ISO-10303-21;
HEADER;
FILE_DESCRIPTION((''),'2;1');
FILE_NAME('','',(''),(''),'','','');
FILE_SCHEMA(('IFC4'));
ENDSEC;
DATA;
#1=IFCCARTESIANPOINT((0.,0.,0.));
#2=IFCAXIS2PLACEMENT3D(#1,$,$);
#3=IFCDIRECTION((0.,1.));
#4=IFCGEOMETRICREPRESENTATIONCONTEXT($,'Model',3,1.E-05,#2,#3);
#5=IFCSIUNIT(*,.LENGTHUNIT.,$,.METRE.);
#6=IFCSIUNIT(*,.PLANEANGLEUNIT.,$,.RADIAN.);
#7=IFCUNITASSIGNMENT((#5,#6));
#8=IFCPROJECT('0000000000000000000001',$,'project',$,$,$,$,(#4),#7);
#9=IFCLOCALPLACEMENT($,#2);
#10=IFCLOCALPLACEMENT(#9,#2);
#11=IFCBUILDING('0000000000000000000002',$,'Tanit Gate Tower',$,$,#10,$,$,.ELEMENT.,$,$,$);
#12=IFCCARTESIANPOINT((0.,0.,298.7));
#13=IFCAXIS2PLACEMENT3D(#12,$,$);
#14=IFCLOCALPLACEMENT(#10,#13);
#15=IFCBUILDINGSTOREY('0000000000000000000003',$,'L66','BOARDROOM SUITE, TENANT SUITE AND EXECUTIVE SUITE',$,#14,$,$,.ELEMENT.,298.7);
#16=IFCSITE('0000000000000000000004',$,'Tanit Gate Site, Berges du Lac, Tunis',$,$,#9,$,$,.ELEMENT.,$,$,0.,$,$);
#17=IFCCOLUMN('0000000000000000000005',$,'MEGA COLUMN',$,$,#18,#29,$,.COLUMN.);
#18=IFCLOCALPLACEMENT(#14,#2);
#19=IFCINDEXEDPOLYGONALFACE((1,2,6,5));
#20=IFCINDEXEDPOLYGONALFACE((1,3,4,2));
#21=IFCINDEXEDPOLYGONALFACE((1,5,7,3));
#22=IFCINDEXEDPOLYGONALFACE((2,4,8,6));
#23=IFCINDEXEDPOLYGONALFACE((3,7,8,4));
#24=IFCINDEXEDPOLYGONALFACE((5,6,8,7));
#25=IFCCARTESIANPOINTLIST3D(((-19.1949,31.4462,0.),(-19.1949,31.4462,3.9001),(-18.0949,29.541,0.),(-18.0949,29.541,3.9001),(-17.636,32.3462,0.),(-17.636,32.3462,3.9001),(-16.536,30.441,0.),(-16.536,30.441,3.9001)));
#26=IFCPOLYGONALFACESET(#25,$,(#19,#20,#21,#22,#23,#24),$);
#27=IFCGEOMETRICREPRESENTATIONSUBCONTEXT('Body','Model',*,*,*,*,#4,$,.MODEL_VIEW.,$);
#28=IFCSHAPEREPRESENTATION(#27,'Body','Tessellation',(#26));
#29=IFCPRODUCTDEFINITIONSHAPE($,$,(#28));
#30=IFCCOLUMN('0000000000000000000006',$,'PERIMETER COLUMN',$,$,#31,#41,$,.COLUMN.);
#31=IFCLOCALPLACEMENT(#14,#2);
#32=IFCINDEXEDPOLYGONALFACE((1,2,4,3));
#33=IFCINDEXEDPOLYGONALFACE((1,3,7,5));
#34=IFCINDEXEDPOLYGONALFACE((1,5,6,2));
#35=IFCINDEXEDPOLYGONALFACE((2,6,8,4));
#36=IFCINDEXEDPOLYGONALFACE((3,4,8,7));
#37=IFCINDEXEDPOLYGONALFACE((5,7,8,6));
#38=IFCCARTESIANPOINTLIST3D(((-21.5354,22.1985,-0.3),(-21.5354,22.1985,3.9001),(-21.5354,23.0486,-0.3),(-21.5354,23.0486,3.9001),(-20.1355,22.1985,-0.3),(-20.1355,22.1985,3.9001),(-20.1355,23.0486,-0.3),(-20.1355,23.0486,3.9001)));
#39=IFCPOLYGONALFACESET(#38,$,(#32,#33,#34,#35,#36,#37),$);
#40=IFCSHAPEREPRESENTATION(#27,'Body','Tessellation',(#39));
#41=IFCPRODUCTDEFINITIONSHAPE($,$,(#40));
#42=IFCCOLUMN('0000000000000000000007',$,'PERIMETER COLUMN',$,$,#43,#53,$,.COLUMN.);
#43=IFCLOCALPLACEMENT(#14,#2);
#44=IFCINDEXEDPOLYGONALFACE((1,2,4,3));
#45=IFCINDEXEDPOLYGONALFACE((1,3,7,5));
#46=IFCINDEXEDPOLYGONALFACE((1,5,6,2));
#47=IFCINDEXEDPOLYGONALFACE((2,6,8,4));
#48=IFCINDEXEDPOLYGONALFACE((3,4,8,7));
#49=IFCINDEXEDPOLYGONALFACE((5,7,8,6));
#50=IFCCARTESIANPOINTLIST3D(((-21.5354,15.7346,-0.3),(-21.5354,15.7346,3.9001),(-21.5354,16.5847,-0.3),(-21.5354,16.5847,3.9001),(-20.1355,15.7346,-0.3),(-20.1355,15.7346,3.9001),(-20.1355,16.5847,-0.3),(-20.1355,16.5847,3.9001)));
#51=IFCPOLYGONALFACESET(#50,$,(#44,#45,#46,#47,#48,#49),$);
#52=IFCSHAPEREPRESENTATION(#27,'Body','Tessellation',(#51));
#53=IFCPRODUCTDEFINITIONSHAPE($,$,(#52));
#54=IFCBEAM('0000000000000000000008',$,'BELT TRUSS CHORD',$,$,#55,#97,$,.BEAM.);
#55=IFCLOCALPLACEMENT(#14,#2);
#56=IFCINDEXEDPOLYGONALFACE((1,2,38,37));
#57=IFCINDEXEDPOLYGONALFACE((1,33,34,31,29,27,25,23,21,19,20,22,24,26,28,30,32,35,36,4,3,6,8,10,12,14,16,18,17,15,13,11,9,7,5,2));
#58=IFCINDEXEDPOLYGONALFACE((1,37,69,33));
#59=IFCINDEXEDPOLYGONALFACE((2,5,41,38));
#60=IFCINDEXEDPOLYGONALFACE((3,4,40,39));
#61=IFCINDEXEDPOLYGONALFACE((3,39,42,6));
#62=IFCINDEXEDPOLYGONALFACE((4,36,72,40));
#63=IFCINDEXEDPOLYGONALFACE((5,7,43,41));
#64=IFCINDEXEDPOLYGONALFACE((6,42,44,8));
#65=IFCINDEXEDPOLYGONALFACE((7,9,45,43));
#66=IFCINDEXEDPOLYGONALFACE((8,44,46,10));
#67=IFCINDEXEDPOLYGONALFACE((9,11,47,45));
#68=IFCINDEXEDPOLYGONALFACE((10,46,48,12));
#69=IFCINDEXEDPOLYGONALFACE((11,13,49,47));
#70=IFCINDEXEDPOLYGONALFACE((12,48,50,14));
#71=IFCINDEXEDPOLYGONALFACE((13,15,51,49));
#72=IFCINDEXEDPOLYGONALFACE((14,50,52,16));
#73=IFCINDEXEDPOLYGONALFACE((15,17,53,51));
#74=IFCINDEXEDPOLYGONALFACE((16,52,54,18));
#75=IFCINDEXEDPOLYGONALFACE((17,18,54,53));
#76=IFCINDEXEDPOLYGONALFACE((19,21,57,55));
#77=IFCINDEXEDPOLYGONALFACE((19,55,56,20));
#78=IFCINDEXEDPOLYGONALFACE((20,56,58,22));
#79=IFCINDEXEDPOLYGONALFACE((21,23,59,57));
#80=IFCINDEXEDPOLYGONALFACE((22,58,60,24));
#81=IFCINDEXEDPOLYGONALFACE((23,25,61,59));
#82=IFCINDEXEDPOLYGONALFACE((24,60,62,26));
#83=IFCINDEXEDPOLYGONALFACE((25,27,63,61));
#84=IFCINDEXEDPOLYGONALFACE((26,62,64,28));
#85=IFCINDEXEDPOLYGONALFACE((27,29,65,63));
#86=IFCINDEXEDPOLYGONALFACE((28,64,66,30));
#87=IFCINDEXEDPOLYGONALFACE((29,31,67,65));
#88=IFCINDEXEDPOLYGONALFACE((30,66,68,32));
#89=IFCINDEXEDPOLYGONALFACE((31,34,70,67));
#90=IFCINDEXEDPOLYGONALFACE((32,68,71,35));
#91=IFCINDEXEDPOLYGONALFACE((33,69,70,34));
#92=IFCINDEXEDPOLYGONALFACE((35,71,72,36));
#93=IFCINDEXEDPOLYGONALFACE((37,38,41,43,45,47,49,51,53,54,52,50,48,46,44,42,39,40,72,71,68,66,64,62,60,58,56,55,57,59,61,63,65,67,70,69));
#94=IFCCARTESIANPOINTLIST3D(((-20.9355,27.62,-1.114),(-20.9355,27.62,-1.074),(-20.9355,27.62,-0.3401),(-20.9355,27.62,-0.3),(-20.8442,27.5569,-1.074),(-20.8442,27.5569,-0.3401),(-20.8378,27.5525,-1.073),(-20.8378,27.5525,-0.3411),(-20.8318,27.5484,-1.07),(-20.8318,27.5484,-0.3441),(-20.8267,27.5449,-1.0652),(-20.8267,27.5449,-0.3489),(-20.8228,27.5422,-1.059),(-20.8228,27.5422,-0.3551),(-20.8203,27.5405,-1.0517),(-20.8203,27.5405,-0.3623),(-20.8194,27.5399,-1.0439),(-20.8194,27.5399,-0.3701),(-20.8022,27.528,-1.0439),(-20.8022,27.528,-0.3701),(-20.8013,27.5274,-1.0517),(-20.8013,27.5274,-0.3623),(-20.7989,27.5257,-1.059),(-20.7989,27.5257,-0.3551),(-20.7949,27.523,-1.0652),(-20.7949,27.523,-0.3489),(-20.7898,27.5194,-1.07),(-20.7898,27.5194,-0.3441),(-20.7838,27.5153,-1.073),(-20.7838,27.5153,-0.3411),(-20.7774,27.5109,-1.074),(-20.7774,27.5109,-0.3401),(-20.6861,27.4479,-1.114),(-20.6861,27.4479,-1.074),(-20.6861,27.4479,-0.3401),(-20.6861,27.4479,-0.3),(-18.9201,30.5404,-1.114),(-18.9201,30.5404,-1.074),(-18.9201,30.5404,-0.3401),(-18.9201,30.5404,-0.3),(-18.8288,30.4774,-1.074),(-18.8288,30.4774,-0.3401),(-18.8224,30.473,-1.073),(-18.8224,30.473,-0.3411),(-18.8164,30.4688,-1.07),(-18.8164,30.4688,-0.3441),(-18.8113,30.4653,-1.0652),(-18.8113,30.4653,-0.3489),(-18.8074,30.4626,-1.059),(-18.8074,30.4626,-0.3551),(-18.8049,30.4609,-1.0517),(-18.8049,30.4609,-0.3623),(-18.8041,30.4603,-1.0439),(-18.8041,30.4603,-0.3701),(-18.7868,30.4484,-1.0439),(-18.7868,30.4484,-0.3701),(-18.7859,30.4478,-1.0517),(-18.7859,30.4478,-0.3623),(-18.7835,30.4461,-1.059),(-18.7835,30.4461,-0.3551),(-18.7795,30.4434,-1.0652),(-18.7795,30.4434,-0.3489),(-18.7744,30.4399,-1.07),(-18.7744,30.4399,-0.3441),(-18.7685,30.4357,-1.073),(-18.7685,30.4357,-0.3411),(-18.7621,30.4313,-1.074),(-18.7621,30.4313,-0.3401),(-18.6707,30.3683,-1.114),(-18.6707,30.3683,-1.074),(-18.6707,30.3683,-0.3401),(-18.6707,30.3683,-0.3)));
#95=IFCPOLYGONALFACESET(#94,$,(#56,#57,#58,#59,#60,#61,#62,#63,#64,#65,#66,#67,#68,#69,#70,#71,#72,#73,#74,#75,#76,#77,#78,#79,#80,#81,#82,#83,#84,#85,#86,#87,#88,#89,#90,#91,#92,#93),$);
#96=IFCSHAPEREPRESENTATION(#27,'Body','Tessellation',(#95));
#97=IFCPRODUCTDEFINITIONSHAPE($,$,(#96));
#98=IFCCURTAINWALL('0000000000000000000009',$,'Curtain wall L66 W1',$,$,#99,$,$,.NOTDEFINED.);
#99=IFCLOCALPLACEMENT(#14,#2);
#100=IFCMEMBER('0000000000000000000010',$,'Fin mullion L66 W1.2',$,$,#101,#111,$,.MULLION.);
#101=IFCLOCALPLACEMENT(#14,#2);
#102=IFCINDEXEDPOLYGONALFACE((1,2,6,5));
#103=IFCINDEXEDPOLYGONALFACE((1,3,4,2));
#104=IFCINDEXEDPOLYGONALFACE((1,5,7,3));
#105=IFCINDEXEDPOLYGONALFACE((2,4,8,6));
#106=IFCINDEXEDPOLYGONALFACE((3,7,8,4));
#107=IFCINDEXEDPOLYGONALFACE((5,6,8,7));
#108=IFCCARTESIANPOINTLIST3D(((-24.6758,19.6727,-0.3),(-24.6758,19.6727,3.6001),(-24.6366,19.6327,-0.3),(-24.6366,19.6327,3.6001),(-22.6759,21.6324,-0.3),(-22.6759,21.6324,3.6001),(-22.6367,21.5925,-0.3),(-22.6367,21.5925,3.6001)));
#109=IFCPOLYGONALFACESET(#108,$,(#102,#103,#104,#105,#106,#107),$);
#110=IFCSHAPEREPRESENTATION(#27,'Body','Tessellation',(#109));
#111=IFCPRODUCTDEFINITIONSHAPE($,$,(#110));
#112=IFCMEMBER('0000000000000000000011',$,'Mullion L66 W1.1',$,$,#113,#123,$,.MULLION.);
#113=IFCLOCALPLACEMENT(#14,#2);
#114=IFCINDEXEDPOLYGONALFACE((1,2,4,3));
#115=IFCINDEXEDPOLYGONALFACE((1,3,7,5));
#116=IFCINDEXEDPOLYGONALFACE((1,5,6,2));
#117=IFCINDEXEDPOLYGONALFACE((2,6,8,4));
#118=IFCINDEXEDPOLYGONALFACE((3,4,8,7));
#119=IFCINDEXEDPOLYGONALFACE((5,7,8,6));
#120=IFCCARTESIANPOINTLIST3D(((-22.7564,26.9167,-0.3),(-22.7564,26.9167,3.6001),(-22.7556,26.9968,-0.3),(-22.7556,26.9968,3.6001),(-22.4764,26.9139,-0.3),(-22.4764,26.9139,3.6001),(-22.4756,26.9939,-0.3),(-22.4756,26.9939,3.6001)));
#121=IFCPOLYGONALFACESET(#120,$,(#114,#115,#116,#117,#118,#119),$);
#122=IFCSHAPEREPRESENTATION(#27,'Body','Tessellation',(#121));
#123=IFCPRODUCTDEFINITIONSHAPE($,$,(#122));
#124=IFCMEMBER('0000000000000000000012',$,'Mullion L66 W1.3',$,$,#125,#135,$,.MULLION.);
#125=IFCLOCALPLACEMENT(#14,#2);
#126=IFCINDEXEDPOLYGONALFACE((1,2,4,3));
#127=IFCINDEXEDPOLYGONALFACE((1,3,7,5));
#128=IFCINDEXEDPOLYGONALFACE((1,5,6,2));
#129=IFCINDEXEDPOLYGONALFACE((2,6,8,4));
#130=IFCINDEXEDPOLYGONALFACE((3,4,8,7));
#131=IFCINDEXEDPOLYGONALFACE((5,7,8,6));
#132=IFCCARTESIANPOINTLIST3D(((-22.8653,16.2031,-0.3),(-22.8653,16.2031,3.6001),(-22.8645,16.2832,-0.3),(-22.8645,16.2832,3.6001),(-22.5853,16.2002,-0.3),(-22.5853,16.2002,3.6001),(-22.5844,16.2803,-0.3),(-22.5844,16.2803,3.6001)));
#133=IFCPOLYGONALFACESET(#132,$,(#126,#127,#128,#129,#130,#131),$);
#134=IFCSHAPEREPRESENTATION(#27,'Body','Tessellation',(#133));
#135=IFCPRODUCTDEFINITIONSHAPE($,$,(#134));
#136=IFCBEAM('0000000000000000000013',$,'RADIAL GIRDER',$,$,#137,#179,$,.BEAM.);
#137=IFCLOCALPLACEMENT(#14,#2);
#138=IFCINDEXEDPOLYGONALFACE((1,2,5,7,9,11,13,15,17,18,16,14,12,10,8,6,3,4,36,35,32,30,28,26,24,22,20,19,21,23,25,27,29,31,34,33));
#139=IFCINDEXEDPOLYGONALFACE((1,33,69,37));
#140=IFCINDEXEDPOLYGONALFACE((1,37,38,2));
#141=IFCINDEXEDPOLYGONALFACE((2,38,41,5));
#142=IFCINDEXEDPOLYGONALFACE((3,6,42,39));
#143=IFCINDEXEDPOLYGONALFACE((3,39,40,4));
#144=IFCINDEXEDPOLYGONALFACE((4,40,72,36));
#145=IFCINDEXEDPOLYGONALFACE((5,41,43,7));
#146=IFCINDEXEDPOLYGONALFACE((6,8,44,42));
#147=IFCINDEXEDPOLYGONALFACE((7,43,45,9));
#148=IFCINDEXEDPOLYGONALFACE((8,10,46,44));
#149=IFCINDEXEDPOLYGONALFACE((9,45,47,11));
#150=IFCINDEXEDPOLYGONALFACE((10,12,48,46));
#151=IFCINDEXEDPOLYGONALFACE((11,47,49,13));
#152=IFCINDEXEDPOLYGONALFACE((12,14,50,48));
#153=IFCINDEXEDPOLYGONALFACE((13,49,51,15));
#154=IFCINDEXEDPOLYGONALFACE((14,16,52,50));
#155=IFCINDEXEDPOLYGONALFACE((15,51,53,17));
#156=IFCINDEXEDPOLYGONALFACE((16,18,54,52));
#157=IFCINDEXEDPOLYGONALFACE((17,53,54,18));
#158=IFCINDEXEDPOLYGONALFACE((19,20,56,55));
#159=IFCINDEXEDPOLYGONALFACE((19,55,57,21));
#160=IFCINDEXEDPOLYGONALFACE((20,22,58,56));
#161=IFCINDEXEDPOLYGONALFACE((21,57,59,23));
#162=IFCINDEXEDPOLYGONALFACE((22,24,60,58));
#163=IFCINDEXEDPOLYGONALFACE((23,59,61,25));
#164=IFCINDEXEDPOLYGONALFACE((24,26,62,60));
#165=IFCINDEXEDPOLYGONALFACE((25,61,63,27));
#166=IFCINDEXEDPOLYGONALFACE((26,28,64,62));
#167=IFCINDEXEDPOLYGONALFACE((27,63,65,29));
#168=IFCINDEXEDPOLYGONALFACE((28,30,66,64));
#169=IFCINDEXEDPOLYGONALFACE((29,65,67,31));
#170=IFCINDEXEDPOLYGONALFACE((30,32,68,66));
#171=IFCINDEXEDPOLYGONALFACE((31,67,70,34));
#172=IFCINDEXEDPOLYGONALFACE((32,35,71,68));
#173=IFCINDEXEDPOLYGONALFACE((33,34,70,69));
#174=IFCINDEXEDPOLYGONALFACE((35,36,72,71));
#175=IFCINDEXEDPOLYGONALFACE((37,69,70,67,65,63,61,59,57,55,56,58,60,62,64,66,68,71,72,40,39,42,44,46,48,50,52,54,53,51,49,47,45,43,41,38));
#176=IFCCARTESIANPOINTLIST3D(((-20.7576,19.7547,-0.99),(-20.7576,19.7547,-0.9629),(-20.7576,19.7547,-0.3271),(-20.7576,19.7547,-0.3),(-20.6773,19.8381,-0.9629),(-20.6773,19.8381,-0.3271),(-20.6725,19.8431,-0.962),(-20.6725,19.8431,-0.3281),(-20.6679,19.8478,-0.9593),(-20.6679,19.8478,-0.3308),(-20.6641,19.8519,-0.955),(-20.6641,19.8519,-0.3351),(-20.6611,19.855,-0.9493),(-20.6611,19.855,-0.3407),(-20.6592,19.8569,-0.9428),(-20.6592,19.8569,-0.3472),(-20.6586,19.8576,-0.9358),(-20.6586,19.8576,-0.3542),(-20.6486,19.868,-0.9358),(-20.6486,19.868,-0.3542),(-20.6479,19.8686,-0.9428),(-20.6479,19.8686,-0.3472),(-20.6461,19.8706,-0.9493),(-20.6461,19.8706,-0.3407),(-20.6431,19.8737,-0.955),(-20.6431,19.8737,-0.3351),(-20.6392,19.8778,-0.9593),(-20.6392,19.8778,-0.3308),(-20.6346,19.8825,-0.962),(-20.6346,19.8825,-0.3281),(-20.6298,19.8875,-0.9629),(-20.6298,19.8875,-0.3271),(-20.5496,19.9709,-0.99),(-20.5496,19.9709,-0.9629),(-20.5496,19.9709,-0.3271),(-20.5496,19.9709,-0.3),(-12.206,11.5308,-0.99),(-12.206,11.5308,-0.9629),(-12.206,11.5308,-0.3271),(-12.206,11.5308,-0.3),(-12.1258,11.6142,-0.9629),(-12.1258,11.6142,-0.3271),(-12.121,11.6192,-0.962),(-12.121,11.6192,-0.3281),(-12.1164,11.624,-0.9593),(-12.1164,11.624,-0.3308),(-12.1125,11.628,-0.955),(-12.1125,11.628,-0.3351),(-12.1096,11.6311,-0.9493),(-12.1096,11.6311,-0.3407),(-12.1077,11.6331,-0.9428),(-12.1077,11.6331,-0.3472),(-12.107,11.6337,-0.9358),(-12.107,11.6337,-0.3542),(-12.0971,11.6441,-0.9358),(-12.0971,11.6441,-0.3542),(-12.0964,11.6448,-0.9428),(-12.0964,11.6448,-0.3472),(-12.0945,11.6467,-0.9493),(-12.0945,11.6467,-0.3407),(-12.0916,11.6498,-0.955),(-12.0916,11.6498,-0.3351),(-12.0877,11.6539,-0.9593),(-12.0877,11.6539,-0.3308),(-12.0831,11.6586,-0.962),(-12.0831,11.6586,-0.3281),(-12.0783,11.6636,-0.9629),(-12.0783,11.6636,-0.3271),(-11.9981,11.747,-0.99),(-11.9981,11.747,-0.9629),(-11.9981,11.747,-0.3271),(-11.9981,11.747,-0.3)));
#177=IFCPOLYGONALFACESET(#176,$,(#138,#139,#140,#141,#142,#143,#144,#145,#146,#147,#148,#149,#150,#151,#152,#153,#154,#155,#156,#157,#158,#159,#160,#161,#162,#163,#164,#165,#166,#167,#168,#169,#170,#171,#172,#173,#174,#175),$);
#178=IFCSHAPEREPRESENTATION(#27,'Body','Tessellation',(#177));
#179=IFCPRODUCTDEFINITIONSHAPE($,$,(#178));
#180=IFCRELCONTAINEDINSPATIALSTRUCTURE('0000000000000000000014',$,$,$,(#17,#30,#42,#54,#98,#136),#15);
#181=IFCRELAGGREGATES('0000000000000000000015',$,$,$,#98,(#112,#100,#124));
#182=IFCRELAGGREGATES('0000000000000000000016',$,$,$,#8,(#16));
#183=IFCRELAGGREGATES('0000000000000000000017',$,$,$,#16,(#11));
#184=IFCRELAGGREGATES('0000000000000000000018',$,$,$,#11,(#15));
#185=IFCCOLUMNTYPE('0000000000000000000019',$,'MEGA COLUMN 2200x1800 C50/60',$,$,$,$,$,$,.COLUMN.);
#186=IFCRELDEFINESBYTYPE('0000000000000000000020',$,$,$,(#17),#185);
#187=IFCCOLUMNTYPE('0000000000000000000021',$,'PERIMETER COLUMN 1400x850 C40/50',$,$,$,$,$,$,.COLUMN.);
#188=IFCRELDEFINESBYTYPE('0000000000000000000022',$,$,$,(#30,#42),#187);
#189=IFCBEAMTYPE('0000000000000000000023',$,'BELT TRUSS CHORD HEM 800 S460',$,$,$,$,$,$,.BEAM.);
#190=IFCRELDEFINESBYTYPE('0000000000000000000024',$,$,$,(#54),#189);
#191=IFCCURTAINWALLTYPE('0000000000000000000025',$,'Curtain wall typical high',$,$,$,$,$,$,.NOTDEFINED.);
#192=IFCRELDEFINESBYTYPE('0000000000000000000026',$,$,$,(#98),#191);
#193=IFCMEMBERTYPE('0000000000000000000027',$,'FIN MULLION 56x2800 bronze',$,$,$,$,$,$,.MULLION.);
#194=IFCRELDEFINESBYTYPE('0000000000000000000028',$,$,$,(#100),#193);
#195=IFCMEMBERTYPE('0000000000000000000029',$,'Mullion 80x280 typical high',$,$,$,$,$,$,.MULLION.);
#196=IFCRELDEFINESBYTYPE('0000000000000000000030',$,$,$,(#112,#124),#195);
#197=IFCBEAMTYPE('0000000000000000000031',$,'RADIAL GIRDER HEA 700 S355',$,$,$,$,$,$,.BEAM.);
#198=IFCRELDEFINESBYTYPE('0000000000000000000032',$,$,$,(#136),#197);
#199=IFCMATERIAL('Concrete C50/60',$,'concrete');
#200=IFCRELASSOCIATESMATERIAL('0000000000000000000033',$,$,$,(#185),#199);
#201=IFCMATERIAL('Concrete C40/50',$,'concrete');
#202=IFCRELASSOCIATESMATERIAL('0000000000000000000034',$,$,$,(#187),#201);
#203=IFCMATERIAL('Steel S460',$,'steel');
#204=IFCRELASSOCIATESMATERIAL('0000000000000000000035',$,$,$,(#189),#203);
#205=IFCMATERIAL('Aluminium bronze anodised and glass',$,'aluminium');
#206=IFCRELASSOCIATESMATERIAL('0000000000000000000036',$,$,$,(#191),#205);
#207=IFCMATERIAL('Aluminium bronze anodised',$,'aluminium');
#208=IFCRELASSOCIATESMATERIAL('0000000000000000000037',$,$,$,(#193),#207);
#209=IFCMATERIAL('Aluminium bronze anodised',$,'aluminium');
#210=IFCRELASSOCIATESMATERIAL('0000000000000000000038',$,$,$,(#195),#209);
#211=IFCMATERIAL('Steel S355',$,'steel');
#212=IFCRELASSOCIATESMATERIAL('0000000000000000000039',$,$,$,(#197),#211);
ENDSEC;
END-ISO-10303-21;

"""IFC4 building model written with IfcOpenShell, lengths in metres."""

from ifc_helpers import new_model, si_unit, direction, frame, origin, origin_2d, place, context, subcontext, project, spatial, rectangle, i_section, extrude, material, material_profile, profile_set, type_object, element, aggregate, save


model = new_model("IFC4")

# Units and contexts
model_context = context("Model", 3, precision=1e-05, world=origin(), true_north=direction((0.0, 1.0)))
body_context = subcontext(model_context, "Body", "Model", "MODEL_VIEW")
ifc_project = project(units=[si_unit("LENGTHUNIT", "METRE"), si_unit("PLANEANGLEUNIT", "RADIAN")], contexts=[model_context])

# Site, building, storey
site_placement = place(None, origin())
site = spatial("IfcSite", under=ifc_project, at=site_placement, Name="Tanit Gate Site, Berges du Lac, Tunis", CompositionType="ELEMENT", RefElevation=0.0)
building_placement = place(site_placement, origin())
building = spatial("IfcBuilding", under=site, at=building_placement, Name="Tanit Gate Tower", CompositionType="ELEMENT")
storey_placement = place(building_placement, frame((0.0, 0.0, 298.7)))
storey = spatial("IfcBuildingStorey", under=building, at=storey_placement, Name="L66", Description="BOARDROOM SUITE, TENANT SUITE AND EXECUTIVE SUITE", CompositionType="ELEMENT", Elevation=298.7)

# Columns
ifc_material_1 = material(Name="Concrete C50/60", Category="concrete")
ifc_material_profile_1 = material_profile(ifc_material_1, rectangle(XDim=2.2, YDim=1.8, at=origin_2d()), Name="RC 2200x1800")
ifc_profile_set_1 = profile_set([ifc_material_profile_1], Name="Concrete C50/60")
column_type_1 = type_object("IfcColumnType", Name="MEGA COLUMN 2200x1800 C50/60", PredefinedType="COLUMN", material=ifc_profile_set_1)
column_placement = place(storey_placement, frame((-17.8655, 30.9436, 0.0), z_axis=(0.0, 0.0, 1.0), x_axis=(-0.5, 0.866025, 0.0)))
element("IfcColumn", 1, at=column_placement, inside=storey, type_object=column_type_1, Name="MEGA COLUMN", PredefinedType="COLUMN", context=body_context, shape_type="SweptSolid", body=[
    extrude(rectangle(XDim=2.2, YDim=1.8, at=origin_2d()), origin(), (0.0, 0.0, 1.0), 3.9001),
])
ifc_material_2 = material(Name="Concrete C40/50", Category="concrete")
ifc_material_profile_2 = material_profile(ifc_material_2, rectangle(XDim=1.3999, YDim=0.8501, at=origin_2d()), Name="RC 1400x850")
ifc_profile_set_2 = profile_set([ifc_material_profile_2], Name="Concrete C40/50")
column_type_2 = type_object("IfcColumnType", Name="PERIMETER COLUMN 1400x850 C40/50", PredefinedType="COLUMN", material=ifc_profile_set_2)
for number, where, z_axis, x_axis, name in (
    (2, (-20.8354, 22.6235, -0.3), (0.0, 0.0, 1.0), (-1.0, 0.0, 0.0), "PERIMETER COLUMN"),
    (3, (-20.8354, 16.1597, -0.3), (0.0, 0.0, 1.0), (-1.0, 0.0, 0.0), "PERIMETER COLUMN"),
):
    element("IfcColumn", number, at=place(storey_placement, frame(where, z_axis=z_axis, x_axis=x_axis)), inside=storey, type_object=column_type_2, Name=name, PredefinedType="COLUMN", context=body_context, shape_type="SweptSolid", body=[
        extrude(rectangle(XDim=1.3999, YDim=0.8501, at=origin_2d()), origin(), (0.0, 0.0, 1.0), 4.2002),
    ])

# Beam
ifc_material_3 = material(Name="Steel S460", Category="steel")
ifc_material_profile_3 = material_profile(ifc_material_3, i_section(OverallWidth=0.303, OverallDepth=0.814, WebThickness=0.021, FlangeThickness=0.04, FilletRadius=0.03, at=origin_2d()), Name="HEM 800")
ifc_profile_set_3 = profile_set([ifc_material_profile_3], Name="Steel S460")
beam_type_1 = type_object("IfcBeamType", Name="BELT TRUSS CHORD HEM 800 S460", PredefinedType="BEAM", material=ifc_profile_set_3)
beam_1_placement = place(storey_placement, frame((-18.7954, 30.4543, -0.707), z_axis=(-0.567982, -0.823041, 0.0), x_axis=(0.823041, -0.567982, 0.0)))
element("IfcBeam", 4, at=beam_1_placement, inside=storey, type_object=beam_type_1, Name="BELT TRUSS CHORD", PredefinedType="BEAM", context=body_context, shape_type="SweptSolid", body=[
    extrude(i_section(OverallWidth=0.303, OverallDepth=0.814, WebThickness=0.021, FlangeThickness=0.04, FilletRadius=0.03, at=origin_2d()), origin(), (0.0, 0.0, 1.0), 3.5483),
])

# Curtain wall, members
ifc_material_4 = material(Name="Aluminium bronze anodised and glass", Category="aluminium")
curtain_wall_type = type_object("IfcCurtainWallType", Name="Curtain wall typical high", PredefinedType="NOTDEFINED", material=ifc_material_4)
curtain_wall_placement = place(storey_placement, origin())
curtain_wall = element("IfcCurtainWall", 5, at=curtain_wall_placement, inside=storey, type_object=curtain_wall_type, Name="Curtain wall L66 W1", PredefinedType="NOTDEFINED")
ifc_material_5 = material(Name="Aluminium bronze anodised", Category="aluminium")
ifc_material_profile_4 = material_profile(ifc_material_5, rectangle(XDim=2.8, YDim=0.0559, at=origin_2d()), Name="56x2800 bronze fin mullion")
ifc_profile_set_4 = profile_set([ifc_material_profile_4], Name="Aluminium bronze anodised")
member_type_1 = type_object("IfcMemberType", Name="FIN MULLION 56x2800 bronze", PredefinedType="MULLION", material=ifc_profile_set_4)
member_1_placement = place(storey_placement, frame((-23.6562, 20.6326, -0.3), z_axis=(0.0, 0.0, 1.0), x_axis=(0.714244, 0.699896, 0.0)))
member_1 = element("IfcMember", 6, at=member_1_placement, type_object=member_type_1, Name="Fin mullion L66 W1.2", PredefinedType="MULLION", context=body_context, shape_type="SweptSolid", body=[
    extrude(rectangle(XDim=2.8, YDim=0.0559, at=origin_2d()), origin(), (0.0, 0.0, 1.0), 3.9001),
])
ifc_material_6 = material(Name="Aluminium bronze anodised", Category="aluminium")
ifc_material_profile_5 = material_profile(ifc_material_6, rectangle(XDim=0.28, YDim=0.0801, at=origin_2d()), Name="80x280 bronze mullion")
ifc_profile_set_5 = profile_set([ifc_material_profile_5], Name="Aluminium bronze anodised")
member_type_2 = type_object("IfcMemberType", Name="Mullion 80x280 typical high", PredefinedType="MULLION", material=ifc_profile_set_5)
member_2_placement = place(storey_placement, frame((-22.616, 26.9553, -0.3), z_axis=(0.0, 0.0, 1.0), x_axis=(0.999949, -0.010146, 0.0)))
member_2 = element("IfcMember", 7, at=member_2_placement, type_object=member_type_2, Name="Mullion L66 W1.1", PredefinedType="MULLION", context=body_context, shape_type="SweptSolid", body=[
    extrude(rectangle(XDim=0.28, YDim=0.0801, at=origin_2d()), origin(), (0.0, 0.0, 1.0), 3.9001),
])
member_3_placement = place(storey_placement, frame((-22.7249, 16.2417, -0.3), z_axis=(0.0, 0.0, 1.0), x_axis=(0.999949, -0.010146, 0.0)))
member_3 = element("IfcMember", 8, at=member_3_placement, type_object=member_type_2, Name="Mullion L66 W1.3", PredefinedType="MULLION", context=body_context, shape_type="SweptSolid", body=[
    extrude(rectangle(XDim=0.28, YDim=0.0801, at=origin_2d()), origin(), (0.0, 0.0, 1.0), 3.9001),
])

# Beam
ifc_material_7 = material(Name="Steel S355", Category="steel")
ifc_material_profile_6 = material_profile(ifc_material_7, i_section(OverallWidth=0.3, OverallDepth=0.6899, WebThickness=0.0144, FlangeThickness=0.0271, FilletRadius=0.0271, at=origin_2d()), Name="HEA 700")
ifc_profile_set_6 = profile_set([ifc_material_profile_6], Name="Steel S355")
beam_type_2 = type_object("IfcBeamType", Name="RADIAL GIRDER HEA 700 S355", PredefinedType="BEAM", material=ifc_profile_set_6)
beam_2_placement = place(storey_placement, frame((-20.6536, 19.8628, -0.645), z_axis=(0.72078, -0.693164, 0.0), x_axis=(0.693164, 0.72078, 0.0)))
element("IfcBeam", 9, at=beam_2_placement, inside=storey, type_object=beam_type_2, Name="RADIAL GIRDER", PredefinedType="BEAM", context=body_context, shape_type="SweptSolid", body=[
    extrude(i_section(OverallWidth=0.3, OverallDepth=0.6899, WebThickness=0.0144, FlangeThickness=0.0271, FilletRadius=0.0271, at=origin_2d()), origin(), (0.0, 0.0, 1.0), 11.8643),
])

aggregate(curtain_wall, [member_2, member_1, member_3])

save(model, "model.ifc")
